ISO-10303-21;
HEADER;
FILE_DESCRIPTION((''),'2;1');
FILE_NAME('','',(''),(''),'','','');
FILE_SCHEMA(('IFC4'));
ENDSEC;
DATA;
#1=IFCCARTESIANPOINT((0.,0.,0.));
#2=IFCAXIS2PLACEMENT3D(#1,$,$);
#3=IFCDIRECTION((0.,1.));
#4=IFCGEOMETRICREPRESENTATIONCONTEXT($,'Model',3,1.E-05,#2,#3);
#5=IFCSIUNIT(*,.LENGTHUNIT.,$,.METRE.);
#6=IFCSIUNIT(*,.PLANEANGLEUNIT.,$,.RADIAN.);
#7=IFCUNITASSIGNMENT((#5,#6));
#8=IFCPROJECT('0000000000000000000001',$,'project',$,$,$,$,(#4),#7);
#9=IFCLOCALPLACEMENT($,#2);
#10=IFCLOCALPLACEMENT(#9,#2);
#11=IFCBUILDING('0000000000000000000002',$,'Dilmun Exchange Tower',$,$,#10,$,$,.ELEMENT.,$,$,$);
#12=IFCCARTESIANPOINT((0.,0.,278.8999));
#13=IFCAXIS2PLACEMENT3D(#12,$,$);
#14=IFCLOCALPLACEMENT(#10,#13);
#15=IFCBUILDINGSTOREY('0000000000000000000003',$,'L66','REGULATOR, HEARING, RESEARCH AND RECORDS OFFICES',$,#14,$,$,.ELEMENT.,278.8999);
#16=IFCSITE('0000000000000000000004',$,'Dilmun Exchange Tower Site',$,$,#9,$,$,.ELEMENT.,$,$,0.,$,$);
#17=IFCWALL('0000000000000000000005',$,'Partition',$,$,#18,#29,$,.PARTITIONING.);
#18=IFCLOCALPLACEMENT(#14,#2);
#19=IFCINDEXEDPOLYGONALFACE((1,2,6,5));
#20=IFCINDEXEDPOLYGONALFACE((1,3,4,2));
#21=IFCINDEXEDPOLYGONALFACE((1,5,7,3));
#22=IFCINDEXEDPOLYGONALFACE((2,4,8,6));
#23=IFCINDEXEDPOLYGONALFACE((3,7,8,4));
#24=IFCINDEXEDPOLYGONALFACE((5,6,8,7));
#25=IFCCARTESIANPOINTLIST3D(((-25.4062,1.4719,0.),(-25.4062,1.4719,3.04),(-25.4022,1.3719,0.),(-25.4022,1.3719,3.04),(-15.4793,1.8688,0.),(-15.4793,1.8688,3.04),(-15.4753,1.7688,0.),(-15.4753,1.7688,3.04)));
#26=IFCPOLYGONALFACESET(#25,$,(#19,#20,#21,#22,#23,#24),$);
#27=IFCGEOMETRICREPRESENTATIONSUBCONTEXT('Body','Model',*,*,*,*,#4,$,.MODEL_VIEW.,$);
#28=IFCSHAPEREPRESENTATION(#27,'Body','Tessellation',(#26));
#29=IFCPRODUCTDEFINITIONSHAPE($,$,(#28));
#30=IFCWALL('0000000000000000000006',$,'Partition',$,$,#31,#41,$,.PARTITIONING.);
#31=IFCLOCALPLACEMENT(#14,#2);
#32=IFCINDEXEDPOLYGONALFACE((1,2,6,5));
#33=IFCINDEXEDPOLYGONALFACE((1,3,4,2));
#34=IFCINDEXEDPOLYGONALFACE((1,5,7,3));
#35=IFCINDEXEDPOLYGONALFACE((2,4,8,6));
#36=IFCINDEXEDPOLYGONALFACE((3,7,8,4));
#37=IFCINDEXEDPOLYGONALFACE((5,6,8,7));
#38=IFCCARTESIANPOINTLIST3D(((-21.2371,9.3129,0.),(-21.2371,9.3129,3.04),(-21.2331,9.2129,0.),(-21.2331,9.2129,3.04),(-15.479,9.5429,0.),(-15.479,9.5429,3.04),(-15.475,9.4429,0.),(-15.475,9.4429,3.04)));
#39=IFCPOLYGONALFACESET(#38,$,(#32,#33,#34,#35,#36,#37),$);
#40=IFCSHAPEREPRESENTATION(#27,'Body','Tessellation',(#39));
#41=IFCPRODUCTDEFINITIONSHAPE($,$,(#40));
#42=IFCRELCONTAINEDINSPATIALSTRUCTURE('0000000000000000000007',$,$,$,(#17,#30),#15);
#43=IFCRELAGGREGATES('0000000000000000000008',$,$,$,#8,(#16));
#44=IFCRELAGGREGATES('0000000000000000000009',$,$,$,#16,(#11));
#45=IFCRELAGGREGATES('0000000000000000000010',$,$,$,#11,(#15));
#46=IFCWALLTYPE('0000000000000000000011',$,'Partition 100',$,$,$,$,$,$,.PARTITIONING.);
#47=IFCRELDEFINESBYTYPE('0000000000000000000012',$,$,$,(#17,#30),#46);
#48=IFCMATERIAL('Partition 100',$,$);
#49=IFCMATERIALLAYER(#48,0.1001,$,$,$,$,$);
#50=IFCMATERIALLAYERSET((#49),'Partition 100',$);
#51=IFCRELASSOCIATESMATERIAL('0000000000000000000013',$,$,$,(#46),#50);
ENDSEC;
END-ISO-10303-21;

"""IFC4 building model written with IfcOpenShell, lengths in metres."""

from ifc_helpers import new_model, si_unit, direction, frame, frame_2d, origin, place, context, subcontext, project, spatial, rectangle, extrude, material, layer, layer_set, type_object, element, save


model = new_model("IFC4")

# Units and contexts
model_context = context("Model", 3, precision=1e-05, world=origin(), true_north=direction((0.0, 1.0)))
body_context = subcontext(model_context, "Body", "Model", "MODEL_VIEW")
ifc_project = project(units=[si_unit("LENGTHUNIT", "METRE"), si_unit("PLANEANGLEUNIT", "RADIAN")], contexts=[model_context])

# Site, building, storey
site_placement = place(None, origin())
site = spatial("IfcSite", under=ifc_project, at=site_placement, Name="Dilmun Exchange Tower Site", CompositionType="ELEMENT", RefElevation=0.0)
building_placement = place(site_placement, origin())
building = spatial("IfcBuilding", under=site, at=building_placement, Name="Dilmun Exchange Tower", CompositionType="ELEMENT")
storey_placement = place(building_placement, frame((0.0, 0.0, 278.8999)))
storey = spatial("IfcBuildingStorey", under=building, at=storey_placement, Name="L66", Description="REGULATOR, HEARING, RESEARCH AND RECORDS OFFICES", CompositionType="ELEMENT", Elevation=278.8999)

# Walls
ifc_material_1 = material(Name="Partition 100")
ifc_layer_1 = layer(ifc_material_1, 0.1001)
ifc_layer_set_1 = layer_set([ifc_layer_1], Name="Partition 100")
wall_type_1 = type_object("IfcWallType", Name="Partition 100", PredefinedType="PARTITIONING", material=ifc_layer_set_1)
wall_1_placement = place(storey_placement, frame((-25.4041, 1.4219, 0.0), z_axis=(0.0, 0.0, 1.0), x_axis=(0.999201, 0.039957, 0.0)))
element("IfcWall", 1, at=wall_1_placement, inside=storey, type_object=wall_type_1, Name="Partition", PredefinedType="PARTITIONING", context=body_context, shape_type="SweptSolid", body=[
    extrude(rectangle(XDim=9.9348, YDim=0.1001, at=frame_2d((4.9673, 0.0))), origin(), (0.0, 0.0, 1.0), 3.04),
])
wall_2_placement = place(storey_placement, frame((-21.2351, 9.2629, 0.0), z_axis=(0.0, 0.0, 1.0), x_axis=(0.999203, 0.039909, 0.0)))
element("IfcWall", 2, at=wall_2_placement, inside=storey, type_object=wall_type_1, Name="Partition", PredefinedType="PARTITIONING", context=body_context, shape_type="SweptSolid", body=[
    extrude(rectangle(XDim=5.7627, YDim=0.1001, at=frame_2d((2.8813, 0.0))), origin(), (0.0, 0.0, 1.0), 3.04),
])

save(model, "model.ifc")
